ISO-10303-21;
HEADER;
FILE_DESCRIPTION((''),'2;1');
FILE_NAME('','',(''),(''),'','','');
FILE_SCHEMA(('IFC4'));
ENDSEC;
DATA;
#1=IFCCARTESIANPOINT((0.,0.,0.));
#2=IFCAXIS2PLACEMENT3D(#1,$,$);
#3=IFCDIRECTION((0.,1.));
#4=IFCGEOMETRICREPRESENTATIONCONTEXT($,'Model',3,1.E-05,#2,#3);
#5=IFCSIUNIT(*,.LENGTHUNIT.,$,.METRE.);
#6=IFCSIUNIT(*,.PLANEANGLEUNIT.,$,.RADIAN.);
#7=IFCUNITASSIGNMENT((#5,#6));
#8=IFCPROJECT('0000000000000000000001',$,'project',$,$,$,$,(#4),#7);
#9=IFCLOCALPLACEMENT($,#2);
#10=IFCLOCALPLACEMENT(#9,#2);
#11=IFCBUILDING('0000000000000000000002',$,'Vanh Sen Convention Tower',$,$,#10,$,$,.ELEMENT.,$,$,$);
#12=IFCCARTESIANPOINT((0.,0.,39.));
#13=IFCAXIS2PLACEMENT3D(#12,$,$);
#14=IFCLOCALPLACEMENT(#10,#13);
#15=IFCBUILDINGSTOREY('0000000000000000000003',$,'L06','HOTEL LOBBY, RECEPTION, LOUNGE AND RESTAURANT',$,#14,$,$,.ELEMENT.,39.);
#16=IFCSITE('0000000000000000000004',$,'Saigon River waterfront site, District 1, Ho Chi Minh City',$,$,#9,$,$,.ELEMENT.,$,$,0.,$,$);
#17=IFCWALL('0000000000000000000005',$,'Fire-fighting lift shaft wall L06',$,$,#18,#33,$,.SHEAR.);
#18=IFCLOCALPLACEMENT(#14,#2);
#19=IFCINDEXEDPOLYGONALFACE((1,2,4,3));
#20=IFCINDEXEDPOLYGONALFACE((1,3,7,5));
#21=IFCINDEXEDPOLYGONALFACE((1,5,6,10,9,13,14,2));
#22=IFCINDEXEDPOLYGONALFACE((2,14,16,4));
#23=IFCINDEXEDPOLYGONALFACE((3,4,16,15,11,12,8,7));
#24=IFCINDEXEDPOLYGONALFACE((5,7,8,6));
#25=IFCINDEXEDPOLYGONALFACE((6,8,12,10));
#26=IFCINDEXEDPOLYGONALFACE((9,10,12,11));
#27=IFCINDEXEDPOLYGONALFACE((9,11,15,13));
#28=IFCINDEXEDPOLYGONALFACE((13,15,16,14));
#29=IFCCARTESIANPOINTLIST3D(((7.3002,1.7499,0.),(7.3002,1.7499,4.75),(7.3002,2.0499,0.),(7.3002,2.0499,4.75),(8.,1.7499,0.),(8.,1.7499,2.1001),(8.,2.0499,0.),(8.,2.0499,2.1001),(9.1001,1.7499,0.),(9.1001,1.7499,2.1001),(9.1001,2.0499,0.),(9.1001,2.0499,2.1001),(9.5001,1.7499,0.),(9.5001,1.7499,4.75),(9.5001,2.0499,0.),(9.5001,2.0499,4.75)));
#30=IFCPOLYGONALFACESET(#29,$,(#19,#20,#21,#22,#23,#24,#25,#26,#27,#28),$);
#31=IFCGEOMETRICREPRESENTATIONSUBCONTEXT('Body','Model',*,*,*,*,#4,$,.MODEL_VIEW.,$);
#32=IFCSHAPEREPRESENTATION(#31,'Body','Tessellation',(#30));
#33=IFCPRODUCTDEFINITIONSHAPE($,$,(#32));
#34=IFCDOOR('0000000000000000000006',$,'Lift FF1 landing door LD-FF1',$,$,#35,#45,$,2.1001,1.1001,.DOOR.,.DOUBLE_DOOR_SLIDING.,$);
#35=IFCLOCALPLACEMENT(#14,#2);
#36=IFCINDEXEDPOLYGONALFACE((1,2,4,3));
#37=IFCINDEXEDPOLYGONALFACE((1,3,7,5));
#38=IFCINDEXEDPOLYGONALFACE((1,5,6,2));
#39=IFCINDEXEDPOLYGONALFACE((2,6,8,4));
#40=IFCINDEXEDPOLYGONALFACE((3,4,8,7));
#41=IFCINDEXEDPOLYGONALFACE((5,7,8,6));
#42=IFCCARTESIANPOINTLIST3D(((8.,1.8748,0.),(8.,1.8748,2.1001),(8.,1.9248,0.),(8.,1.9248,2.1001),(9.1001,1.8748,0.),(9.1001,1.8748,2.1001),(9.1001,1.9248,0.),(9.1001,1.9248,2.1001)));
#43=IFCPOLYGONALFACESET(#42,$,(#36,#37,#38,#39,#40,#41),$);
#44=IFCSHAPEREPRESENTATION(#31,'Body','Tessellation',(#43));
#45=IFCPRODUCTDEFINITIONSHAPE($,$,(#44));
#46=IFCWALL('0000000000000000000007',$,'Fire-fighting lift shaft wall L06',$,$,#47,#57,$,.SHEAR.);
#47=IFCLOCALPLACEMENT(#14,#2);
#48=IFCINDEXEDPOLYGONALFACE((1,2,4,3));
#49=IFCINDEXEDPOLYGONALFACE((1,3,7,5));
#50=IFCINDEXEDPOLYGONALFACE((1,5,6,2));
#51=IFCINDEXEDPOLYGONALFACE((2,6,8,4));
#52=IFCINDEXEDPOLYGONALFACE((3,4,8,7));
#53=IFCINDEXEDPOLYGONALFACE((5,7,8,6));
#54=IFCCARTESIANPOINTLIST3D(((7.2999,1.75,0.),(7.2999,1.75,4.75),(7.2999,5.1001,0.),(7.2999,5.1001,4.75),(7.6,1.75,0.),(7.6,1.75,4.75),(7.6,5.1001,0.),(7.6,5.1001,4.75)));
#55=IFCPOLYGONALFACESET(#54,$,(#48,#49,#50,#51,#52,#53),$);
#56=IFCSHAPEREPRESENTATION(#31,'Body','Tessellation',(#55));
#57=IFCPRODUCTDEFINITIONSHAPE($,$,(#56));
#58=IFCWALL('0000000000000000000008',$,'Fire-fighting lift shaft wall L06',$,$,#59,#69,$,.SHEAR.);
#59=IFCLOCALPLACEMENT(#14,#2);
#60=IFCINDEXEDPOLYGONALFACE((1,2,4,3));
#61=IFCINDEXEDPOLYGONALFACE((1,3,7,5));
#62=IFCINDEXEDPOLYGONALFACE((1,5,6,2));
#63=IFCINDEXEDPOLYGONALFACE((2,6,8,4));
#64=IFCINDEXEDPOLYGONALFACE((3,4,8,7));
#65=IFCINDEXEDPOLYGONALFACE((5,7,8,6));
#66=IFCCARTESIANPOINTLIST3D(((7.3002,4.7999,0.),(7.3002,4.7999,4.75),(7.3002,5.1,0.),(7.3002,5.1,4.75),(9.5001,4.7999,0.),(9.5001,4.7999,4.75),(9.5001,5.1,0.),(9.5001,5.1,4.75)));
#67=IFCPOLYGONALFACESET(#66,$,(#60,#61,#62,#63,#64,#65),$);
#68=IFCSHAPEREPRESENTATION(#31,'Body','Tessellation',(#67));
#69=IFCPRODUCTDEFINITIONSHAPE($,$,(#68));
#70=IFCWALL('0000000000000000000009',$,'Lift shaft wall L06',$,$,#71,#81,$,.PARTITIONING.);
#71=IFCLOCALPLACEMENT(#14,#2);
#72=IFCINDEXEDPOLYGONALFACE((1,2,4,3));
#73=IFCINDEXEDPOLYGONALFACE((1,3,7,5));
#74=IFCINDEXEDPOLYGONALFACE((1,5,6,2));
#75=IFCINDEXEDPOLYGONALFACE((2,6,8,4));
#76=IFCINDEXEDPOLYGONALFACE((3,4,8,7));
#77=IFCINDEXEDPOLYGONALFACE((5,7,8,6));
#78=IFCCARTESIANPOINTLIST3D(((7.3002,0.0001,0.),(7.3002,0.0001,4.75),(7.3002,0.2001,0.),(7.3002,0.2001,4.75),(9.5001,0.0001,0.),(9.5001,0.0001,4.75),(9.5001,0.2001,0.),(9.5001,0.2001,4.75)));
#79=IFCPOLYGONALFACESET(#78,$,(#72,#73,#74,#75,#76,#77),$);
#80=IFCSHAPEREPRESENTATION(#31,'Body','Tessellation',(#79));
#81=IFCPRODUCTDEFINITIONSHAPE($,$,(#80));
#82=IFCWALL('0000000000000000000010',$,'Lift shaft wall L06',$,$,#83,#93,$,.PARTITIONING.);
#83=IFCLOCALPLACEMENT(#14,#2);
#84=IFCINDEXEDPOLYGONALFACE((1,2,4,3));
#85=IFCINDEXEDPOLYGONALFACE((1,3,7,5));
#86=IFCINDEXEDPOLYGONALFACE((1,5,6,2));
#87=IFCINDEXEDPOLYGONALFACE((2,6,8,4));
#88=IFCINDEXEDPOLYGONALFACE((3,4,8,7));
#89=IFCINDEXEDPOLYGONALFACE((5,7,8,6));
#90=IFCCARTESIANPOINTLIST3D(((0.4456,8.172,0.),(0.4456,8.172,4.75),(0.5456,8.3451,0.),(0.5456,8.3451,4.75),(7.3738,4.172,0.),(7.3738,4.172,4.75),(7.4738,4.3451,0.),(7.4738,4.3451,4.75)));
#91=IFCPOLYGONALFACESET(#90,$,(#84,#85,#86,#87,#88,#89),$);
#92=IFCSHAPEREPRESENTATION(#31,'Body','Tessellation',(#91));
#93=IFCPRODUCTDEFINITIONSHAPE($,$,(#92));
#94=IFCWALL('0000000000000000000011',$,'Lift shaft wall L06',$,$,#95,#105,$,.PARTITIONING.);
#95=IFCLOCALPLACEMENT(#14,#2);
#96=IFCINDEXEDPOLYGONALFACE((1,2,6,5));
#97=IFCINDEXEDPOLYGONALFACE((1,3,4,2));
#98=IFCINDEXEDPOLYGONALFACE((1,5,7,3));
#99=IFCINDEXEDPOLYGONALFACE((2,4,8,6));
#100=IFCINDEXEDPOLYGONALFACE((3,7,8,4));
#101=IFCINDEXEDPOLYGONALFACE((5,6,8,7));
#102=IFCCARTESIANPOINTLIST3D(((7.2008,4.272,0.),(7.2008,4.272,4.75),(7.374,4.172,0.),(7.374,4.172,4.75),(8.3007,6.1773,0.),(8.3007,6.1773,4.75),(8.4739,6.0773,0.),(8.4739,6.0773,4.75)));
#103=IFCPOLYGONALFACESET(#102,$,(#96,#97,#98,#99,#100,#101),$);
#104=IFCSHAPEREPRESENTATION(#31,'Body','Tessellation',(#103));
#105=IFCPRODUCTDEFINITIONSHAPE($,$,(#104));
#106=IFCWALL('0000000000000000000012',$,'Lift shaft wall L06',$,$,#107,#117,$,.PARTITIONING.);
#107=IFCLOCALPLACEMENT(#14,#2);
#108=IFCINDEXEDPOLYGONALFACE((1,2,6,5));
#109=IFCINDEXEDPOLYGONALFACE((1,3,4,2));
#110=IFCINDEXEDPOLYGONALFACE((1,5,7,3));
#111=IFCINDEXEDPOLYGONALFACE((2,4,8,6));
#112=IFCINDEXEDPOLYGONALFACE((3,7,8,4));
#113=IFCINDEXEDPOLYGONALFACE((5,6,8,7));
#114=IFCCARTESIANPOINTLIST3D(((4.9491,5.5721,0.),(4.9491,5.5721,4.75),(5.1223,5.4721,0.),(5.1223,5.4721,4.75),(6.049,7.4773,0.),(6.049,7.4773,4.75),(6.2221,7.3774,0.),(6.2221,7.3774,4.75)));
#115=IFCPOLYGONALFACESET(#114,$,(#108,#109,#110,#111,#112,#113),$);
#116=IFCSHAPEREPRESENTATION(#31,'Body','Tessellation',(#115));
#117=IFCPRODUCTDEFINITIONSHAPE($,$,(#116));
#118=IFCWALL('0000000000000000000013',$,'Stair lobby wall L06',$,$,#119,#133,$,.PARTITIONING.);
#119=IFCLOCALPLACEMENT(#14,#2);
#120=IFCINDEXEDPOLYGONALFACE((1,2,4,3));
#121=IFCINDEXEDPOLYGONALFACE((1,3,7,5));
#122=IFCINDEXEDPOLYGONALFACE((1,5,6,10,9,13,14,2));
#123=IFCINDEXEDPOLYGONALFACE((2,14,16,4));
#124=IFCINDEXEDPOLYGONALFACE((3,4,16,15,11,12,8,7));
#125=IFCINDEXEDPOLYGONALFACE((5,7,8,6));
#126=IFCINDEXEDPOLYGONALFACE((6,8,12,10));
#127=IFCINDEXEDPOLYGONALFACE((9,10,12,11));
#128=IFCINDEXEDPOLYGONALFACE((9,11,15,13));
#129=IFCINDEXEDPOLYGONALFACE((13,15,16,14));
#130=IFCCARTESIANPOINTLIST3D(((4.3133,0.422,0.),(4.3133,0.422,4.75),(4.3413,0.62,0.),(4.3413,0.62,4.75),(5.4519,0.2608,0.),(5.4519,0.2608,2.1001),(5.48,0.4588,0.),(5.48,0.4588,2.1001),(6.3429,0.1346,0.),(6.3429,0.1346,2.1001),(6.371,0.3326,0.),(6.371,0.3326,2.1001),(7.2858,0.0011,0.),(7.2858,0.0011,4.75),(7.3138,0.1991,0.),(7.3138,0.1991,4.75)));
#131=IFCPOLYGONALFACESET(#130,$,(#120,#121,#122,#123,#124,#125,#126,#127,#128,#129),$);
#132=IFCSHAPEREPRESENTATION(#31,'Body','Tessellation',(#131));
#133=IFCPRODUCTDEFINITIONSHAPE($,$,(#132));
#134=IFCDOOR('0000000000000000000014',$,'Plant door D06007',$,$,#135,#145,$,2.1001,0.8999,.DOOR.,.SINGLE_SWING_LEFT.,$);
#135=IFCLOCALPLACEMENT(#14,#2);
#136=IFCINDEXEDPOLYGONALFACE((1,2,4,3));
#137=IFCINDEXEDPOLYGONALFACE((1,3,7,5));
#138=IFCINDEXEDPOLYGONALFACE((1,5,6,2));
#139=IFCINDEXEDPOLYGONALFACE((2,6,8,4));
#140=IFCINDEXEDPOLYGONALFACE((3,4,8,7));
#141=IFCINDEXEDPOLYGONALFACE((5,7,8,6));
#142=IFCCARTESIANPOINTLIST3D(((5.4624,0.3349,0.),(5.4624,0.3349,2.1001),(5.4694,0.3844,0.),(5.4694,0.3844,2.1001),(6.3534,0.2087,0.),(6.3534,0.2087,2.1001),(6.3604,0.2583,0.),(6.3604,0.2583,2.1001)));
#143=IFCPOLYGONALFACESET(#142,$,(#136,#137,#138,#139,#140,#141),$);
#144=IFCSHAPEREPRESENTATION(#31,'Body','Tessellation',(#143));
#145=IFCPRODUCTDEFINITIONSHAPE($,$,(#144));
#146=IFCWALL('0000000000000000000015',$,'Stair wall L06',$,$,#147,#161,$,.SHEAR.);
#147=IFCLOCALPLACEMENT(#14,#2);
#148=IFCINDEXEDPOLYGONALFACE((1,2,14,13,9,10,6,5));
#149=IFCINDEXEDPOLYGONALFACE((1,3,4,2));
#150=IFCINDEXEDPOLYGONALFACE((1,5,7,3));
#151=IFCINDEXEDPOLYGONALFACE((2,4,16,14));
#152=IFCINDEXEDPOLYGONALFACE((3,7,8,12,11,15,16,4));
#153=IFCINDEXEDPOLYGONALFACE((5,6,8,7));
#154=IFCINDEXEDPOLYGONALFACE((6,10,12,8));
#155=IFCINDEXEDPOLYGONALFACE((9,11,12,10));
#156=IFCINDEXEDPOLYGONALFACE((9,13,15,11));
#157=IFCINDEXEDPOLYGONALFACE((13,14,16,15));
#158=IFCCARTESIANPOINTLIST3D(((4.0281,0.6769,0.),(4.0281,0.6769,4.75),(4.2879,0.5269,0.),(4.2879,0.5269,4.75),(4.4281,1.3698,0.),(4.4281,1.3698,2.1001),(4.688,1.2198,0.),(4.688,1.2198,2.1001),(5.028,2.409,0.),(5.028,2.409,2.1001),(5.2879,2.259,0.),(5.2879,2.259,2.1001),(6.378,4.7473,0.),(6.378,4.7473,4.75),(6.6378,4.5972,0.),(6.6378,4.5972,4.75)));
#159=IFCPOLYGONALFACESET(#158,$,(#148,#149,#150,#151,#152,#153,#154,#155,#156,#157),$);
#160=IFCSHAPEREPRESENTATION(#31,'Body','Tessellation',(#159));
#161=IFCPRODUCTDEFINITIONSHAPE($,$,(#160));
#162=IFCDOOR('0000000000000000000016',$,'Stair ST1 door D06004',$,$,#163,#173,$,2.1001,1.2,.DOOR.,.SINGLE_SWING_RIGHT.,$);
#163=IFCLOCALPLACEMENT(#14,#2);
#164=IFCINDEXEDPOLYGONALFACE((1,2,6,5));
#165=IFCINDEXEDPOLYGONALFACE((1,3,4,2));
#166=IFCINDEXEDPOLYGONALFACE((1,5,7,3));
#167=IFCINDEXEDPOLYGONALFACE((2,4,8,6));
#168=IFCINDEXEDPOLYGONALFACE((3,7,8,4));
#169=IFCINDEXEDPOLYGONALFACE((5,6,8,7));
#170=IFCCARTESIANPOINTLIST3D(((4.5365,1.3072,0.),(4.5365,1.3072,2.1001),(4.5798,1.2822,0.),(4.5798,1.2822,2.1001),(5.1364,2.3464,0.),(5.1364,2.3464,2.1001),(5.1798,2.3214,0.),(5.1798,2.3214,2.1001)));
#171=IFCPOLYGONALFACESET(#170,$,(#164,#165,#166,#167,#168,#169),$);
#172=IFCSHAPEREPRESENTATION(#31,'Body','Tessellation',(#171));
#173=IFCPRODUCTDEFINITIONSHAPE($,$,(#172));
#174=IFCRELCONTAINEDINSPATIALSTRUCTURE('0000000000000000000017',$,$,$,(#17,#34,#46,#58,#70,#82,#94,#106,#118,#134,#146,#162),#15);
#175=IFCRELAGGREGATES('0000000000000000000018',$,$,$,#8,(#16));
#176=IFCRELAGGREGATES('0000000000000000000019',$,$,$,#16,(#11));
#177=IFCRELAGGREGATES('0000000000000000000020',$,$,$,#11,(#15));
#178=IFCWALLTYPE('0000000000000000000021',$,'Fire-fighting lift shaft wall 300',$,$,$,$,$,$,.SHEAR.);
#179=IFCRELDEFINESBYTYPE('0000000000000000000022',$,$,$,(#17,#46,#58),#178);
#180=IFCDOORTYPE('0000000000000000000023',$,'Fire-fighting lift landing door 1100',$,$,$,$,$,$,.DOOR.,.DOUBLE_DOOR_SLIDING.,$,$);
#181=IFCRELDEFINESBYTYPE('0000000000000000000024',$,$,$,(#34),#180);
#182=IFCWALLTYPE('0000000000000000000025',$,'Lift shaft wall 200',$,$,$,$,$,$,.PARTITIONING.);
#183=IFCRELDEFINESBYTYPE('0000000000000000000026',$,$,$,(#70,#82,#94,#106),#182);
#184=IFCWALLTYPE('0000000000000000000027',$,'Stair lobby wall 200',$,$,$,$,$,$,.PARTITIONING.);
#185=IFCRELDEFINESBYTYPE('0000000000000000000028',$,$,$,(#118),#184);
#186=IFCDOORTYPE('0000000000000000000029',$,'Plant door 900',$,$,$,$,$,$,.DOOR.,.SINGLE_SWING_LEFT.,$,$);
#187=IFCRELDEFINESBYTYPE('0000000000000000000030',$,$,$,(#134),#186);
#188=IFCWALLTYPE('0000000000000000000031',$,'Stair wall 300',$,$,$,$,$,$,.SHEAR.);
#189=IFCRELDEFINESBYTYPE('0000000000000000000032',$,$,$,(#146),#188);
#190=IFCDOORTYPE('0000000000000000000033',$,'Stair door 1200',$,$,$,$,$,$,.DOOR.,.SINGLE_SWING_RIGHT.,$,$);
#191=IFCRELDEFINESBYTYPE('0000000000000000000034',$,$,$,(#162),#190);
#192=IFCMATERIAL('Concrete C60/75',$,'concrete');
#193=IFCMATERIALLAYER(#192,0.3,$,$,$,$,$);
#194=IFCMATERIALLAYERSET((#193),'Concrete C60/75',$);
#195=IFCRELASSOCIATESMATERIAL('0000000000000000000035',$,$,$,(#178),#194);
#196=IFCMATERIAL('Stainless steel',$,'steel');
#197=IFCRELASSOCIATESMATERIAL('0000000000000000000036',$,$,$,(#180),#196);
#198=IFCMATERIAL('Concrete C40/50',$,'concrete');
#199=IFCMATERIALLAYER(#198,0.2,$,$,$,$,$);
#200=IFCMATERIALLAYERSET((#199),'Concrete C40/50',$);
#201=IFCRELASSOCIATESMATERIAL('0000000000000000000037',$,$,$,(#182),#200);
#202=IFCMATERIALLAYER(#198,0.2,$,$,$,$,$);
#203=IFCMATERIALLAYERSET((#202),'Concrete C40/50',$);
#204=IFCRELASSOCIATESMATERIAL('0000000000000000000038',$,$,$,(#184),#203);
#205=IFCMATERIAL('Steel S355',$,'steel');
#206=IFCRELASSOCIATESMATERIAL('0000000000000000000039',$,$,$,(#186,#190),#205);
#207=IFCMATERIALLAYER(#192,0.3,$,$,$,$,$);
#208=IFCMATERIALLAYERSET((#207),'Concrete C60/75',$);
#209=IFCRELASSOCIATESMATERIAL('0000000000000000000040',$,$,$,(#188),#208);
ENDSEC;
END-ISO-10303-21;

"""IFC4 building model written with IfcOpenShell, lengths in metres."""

from ifc_helpers import new_model, si_unit, direction, frame, frame_2d, origin, place, context, subcontext, project, spatial, rectangle, extrude, material, layer, layer_set, type_object, element, fill, save


model = new_model("IFC4")

# Units and contexts
model_context = context("Model", 3, precision=1e-05, world=origin(), true_north=direction((0.0, 1.0)))
body_context = subcontext(model_context, "Body", "Model", "MODEL_VIEW")
ifc_project = project(units=[si_unit("LENGTHUNIT", "METRE"), si_unit("PLANEANGLEUNIT", "RADIAN")], contexts=[model_context])

# Site, building, storey
site_placement = place(None, origin())
site = spatial("IfcSite", under=ifc_project, at=site_placement, Name="Saigon River waterfront site, District 1, Ho Chi Minh City", CompositionType="ELEMENT", RefElevation=0.0)
building_placement = place(site_placement, origin())
building = spatial("IfcBuilding", under=site, at=building_placement, Name="Vanh Sen Convention Tower", CompositionType="ELEMENT")
storey_placement = place(building_placement, frame((0.0, 0.0, 39.0)))
storey = spatial("IfcBuildingStorey", under=building, at=storey_placement, Name="L06", Description="HOTEL LOBBY, RECEPTION, LOUNGE AND RESTAURANT", CompositionType="ELEMENT", Elevation=39.0)

# Wall, opening, door
ifc_material_1 = material(Name="Concrete C60/75", Category="concrete")
ifc_layer_1 = layer(ifc_material_1, 0.3)
ifc_layer_set_1 = layer_set([ifc_layer_1], Name="Concrete C60/75")
wall_type_1 = type_object("IfcWallType", Name="Fire-fighting lift shaft wall 300", PredefinedType="SHEAR", material=ifc_layer_set_1)
wall_1_placement = place(storey_placement, frame((7.3, 1.8999, 0.0), z_axis=(0.0, 0.0, 1.0), x_axis=(1.0, 0.0, 0.0)))
wall_1 = element("IfcWall", 1, at=wall_1_placement, inside=storey, type_object=wall_type_1, Name="Fire-fighting lift shaft wall L06", PredefinedType="SHEAR", context=body_context, shape_type="SweptSolid", body=[
    extrude(rectangle(XDim=2.2, YDim=0.3, at=frame_2d((1.1001, 0.0))), origin(), (0.0, 0.0, 1.0), 4.75),
])
opening_1_placement = place(wall_1_placement, frame((0.7, 0.0, 0.0)))
opening_1 = element("IfcOpeningElement", 2, at=opening_1_placement, cuts=wall_1, PredefinedType="OPENING", context=body_context, shape_type="SweptSolid", body=[
    extrude(rectangle(XDim=1.1001, YDim=2.1001, at=frame_2d((0.55, 1.05))), frame((0.0, 0.1599, 0.0), z_axis=(0.0, -1.0, 0.0), x_axis=(1.0, 0.0, 0.0)), (0.0, 0.0, 1.0), 0.3201),
])
ifc_material_2 = material(Name="Stainless steel", Category="steel")
door_type_1 = type_object("IfcDoorType", Name="Fire-fighting lift landing door 1100", OperationType="DOUBLE_DOOR_SLIDING", PredefinedType="DOOR", material=ifc_material_2)
door_1_placement = place(opening_1_placement, origin())
door_1 = element("IfcDoor", 3, at=door_1_placement, inside=storey, type_object=door_type_1, Name="Lift FF1 landing door LD-FF1", OperationType="DOUBLE_DOOR_SLIDING", OverallHeight=2.1001, OverallWidth=1.1001, PredefinedType="DOOR", context=body_context, shape_type="SweptSolid", body=[
    extrude(rectangle(XDim=1.1001, YDim=2.1001, at=frame_2d((0.55, 1.05))), frame((0.0, 0.0249, 0.0), z_axis=(0.0, -1.0, 0.0), x_axis=(1.0, 0.0, 0.0)), (0.0, 0.0, 1.0), 0.05),
])
fill(opening_1, door_1)

# Walls
wall_2_placement = place(storey_placement, frame((7.45, 1.75, 0.0), z_axis=(0.0, 0.0, 1.0), x_axis=(0.0, 1.0, 0.0)))
element("IfcWall", 4, at=wall_2_placement, inside=storey, type_object=wall_type_1, Name="Fire-fighting lift shaft wall L06", PredefinedType="SHEAR", context=body_context, shape_type="SweptSolid", body=[
    extrude(rectangle(XDim=3.3501, YDim=0.3, at=frame_2d((1.675, 0.0))), origin(), (0.0, 0.0, 1.0), 4.75),
])
wall_3_placement = place(storey_placement, frame((7.3, 4.95, 0.0), z_axis=(0.0, 0.0, 1.0), x_axis=(1.0, 0.0, 0.0)))
element("IfcWall", 5, at=wall_3_placement, inside=storey, type_object=wall_type_1, Name="Fire-fighting lift shaft wall L06", PredefinedType="SHEAR", context=body_context, shape_type="SweptSolid", body=[
    extrude(rectangle(XDim=2.2, YDim=0.3, at=frame_2d((1.1001, 0.0))), origin(), (0.0, 0.0, 1.0), 4.75),
])
ifc_material_3 = material(Name="Concrete C40/50", Category="concrete")
ifc_layer_2 = layer(ifc_material_3, 0.2)
ifc_layer_set_2 = layer_set([ifc_layer_2], Name="Concrete C40/50")
wall_type_2 = type_object("IfcWallType", Name="Lift shaft wall 200", PredefinedType="PARTITIONING", material=ifc_layer_set_2)
wall_4_placement = place(storey_placement, frame((7.3, 0.1001, 0.0), z_axis=(0.0, 0.0, 1.0), x_axis=(1.0, 0.0, 0.0)))
element("IfcWall", 6, at=wall_4_placement, inside=storey, type_object=wall_type_2, Name="Lift shaft wall L06", PredefinedType="PARTITIONING", context=body_context, shape_type="SweptSolid", body=[
    extrude(rectangle(XDim=2.2, YDim=0.2, at=frame_2d((1.1001, 0.0))), origin(), (0.0, 0.0, 1.0), 4.75),
])
wall_5_placement = place(storey_placement, frame((7.4238, 4.2585, 0.0), z_axis=(0.0, 0.0, 1.0), x_axis=(-0.866026, 0.499999, 0.0)))
element("IfcWall", 7, at=wall_5_placement, inside=storey, type_object=wall_type_2, Name="Lift shaft wall L06", PredefinedType="PARTITIONING", context=body_context, shape_type="SweptSolid", body=[
    extrude(rectangle(XDim=8.0, YDim=0.2, at=frame_2d((4.0, 0.0))), origin(), (0.0, 0.0, 1.0), 4.75),
])
for number, where, z_axis, x_axis, name in (
    (8, (7.2874, 4.2219, 0.0), (0.0, 0.0, 1.0), (0.499947, 0.866056, 0.0), "Lift shaft wall L06"),
    (9, (5.0356, 5.522, 0.0), (0.0, 0.0, 1.0), (0.499947, 0.866056, 0.0), "Lift shaft wall L06"),
):
    element("IfcWall", number, at=place(storey_placement, frame(where, z_axis=z_axis, x_axis=x_axis)), inside=storey, type_object=wall_type_2, Name=name, PredefinedType="PARTITIONING", context=body_context, shape_type="SweptSolid", body=[
        extrude(rectangle(XDim=2.2, YDim=0.2, at=frame_2d((1.1001, 0.0))), origin(), (0.0, 0.0, 1.0), 4.75),
    ])

# Walls, openings, doors
ifc_layer_3 = layer(ifc_material_3, 0.2)
ifc_layer_set_3 = layer_set([ifc_layer_3], Name="Concrete C40/50")
wall_type_3 = type_object("IfcWallType", Name="Stair lobby wall 200", PredefinedType="PARTITIONING", material=ifc_layer_set_3)
wall_6_placement = place(storey_placement, frame((4.3274, 0.521, 0.0), z_axis=(0.0, 0.0, 1.0), x_axis=(0.990124, -0.140192, 0.0)))
wall_6 = element("IfcWall", 10, at=wall_6_placement, inside=storey, type_object=wall_type_3, Name="Stair lobby wall L06", PredefinedType="PARTITIONING", context=body_context, shape_type="SweptSolid", body=[
    extrude(rectangle(XDim=3.0022, YDim=0.2, at=frame_2d((1.501, 0.0))), origin(), (0.0, 0.0, 1.0), 4.75),
])
opening_2_placement = place(wall_6_placement, frame((1.1499, 0.0, 0.0)))
opening_2 = element("IfcOpeningElement", 11, at=opening_2_placement, cuts=wall_6, PredefinedType="OPENING", context=body_context, shape_type="SweptSolid", body=[
    extrude(rectangle(XDim=0.8999, YDim=2.1001, at=frame_2d((0.45, 1.05))), frame((0.0, 0.1099, 0.0), z_axis=(0.0, -1.0, 0.0), x_axis=(1.0, 0.0, 0.0)), (0.0, 0.0, 1.0), 0.22),
])
ifc_material_4 = material(Name="Steel S355", Category="steel")
door_type_2 = type_object("IfcDoorType", Name="Plant door 900", OperationType="SINGLE_SWING_LEFT", PredefinedType="DOOR", material=ifc_material_4)
door_2_placement = place(opening_2_placement, origin())
door_2 = element("IfcDoor", 12, at=door_2_placement, inside=storey, type_object=door_type_2, Name="Plant door D06007", OperationType="SINGLE_SWING_LEFT", OverallHeight=2.1001, OverallWidth=0.8999, PredefinedType="DOOR", context=body_context, shape_type="SweptSolid", body=[
    extrude(rectangle(XDim=0.8999, YDim=2.1001, at=frame_2d((0.45, 1.05))), frame((0.0, 0.0249, 0.0), z_axis=(0.0, -1.0, 0.0), x_axis=(1.0, 0.0, 0.0)), (0.0, 0.0, 1.0), 0.05),
])
fill(opening_2, door_2)
ifc_layer_4 = layer(ifc_material_1, 0.3)
ifc_layer_set_4 = layer_set([ifc_layer_4], Name="Concrete C60/75")
wall_type_4 = type_object("IfcWallType", Name="Stair wall 300", PredefinedType="SHEAR", material=ifc_layer_set_4)
wall_7_placement = place(storey_placement, frame((4.158, 0.6018, 0.0), z_axis=(0.0, 0.0, 1.0), x_axis=(0.499977, 0.866039, 0.0)))
wall_7 = element("IfcWall", 13, at=wall_7_placement, inside=storey, type_object=wall_type_4, Name="Stair wall L06", PredefinedType="SHEAR", context=body_context, shape_type="SweptSolid", body=[
    extrude(rectangle(XDim=4.7, YDim=0.3, at=frame_2d((2.3501, 0.0))), origin(), (0.0, 0.0, 1.0), 4.75),
])
opening_3_placement = place(wall_7_placement, frame((0.8, 0.0, 0.0)))
opening_3 = element("IfcOpeningElement", 14, at=opening_3_placement, cuts=wall_7, PredefinedType="OPENING", context=body_context, shape_type="SweptSolid", body=[
    extrude(rectangle(XDim=1.2, YDim=2.1001, at=frame_2d((0.6001, 1.05))), frame((0.0, 0.1599, 0.0), z_axis=(0.0, -1.0, 0.0), x_axis=(1.0, 0.0, 0.0)), (0.0, 0.0, 1.0), 0.3201),
])
door_type_3 = type_object("IfcDoorType", Name="Stair door 1200", OperationType="SINGLE_SWING_RIGHT", PredefinedType="DOOR", material=ifc_material_4)
door_3_placement = place(opening_3_placement, origin())
door_3 = element("IfcDoor", 15, at=door_3_placement, inside=storey, type_object=door_type_3, Name="Stair ST1 door D06004", OperationType="SINGLE_SWING_RIGHT", OverallHeight=2.1001, OverallWidth=1.2, PredefinedType="DOOR", context=body_context, shape_type="SweptSolid", body=[
    extrude(rectangle(XDim=1.2, YDim=2.1001, at=frame_2d((0.6001, 1.05))), frame((0.0, 0.0249, 0.0), z_axis=(0.0, -1.0, 0.0), x_axis=(1.0, 0.0, 0.0)), (0.0, 0.0, 1.0), 0.05),
])
fill(opening_3, door_3)

save(model, "model.ifc")
